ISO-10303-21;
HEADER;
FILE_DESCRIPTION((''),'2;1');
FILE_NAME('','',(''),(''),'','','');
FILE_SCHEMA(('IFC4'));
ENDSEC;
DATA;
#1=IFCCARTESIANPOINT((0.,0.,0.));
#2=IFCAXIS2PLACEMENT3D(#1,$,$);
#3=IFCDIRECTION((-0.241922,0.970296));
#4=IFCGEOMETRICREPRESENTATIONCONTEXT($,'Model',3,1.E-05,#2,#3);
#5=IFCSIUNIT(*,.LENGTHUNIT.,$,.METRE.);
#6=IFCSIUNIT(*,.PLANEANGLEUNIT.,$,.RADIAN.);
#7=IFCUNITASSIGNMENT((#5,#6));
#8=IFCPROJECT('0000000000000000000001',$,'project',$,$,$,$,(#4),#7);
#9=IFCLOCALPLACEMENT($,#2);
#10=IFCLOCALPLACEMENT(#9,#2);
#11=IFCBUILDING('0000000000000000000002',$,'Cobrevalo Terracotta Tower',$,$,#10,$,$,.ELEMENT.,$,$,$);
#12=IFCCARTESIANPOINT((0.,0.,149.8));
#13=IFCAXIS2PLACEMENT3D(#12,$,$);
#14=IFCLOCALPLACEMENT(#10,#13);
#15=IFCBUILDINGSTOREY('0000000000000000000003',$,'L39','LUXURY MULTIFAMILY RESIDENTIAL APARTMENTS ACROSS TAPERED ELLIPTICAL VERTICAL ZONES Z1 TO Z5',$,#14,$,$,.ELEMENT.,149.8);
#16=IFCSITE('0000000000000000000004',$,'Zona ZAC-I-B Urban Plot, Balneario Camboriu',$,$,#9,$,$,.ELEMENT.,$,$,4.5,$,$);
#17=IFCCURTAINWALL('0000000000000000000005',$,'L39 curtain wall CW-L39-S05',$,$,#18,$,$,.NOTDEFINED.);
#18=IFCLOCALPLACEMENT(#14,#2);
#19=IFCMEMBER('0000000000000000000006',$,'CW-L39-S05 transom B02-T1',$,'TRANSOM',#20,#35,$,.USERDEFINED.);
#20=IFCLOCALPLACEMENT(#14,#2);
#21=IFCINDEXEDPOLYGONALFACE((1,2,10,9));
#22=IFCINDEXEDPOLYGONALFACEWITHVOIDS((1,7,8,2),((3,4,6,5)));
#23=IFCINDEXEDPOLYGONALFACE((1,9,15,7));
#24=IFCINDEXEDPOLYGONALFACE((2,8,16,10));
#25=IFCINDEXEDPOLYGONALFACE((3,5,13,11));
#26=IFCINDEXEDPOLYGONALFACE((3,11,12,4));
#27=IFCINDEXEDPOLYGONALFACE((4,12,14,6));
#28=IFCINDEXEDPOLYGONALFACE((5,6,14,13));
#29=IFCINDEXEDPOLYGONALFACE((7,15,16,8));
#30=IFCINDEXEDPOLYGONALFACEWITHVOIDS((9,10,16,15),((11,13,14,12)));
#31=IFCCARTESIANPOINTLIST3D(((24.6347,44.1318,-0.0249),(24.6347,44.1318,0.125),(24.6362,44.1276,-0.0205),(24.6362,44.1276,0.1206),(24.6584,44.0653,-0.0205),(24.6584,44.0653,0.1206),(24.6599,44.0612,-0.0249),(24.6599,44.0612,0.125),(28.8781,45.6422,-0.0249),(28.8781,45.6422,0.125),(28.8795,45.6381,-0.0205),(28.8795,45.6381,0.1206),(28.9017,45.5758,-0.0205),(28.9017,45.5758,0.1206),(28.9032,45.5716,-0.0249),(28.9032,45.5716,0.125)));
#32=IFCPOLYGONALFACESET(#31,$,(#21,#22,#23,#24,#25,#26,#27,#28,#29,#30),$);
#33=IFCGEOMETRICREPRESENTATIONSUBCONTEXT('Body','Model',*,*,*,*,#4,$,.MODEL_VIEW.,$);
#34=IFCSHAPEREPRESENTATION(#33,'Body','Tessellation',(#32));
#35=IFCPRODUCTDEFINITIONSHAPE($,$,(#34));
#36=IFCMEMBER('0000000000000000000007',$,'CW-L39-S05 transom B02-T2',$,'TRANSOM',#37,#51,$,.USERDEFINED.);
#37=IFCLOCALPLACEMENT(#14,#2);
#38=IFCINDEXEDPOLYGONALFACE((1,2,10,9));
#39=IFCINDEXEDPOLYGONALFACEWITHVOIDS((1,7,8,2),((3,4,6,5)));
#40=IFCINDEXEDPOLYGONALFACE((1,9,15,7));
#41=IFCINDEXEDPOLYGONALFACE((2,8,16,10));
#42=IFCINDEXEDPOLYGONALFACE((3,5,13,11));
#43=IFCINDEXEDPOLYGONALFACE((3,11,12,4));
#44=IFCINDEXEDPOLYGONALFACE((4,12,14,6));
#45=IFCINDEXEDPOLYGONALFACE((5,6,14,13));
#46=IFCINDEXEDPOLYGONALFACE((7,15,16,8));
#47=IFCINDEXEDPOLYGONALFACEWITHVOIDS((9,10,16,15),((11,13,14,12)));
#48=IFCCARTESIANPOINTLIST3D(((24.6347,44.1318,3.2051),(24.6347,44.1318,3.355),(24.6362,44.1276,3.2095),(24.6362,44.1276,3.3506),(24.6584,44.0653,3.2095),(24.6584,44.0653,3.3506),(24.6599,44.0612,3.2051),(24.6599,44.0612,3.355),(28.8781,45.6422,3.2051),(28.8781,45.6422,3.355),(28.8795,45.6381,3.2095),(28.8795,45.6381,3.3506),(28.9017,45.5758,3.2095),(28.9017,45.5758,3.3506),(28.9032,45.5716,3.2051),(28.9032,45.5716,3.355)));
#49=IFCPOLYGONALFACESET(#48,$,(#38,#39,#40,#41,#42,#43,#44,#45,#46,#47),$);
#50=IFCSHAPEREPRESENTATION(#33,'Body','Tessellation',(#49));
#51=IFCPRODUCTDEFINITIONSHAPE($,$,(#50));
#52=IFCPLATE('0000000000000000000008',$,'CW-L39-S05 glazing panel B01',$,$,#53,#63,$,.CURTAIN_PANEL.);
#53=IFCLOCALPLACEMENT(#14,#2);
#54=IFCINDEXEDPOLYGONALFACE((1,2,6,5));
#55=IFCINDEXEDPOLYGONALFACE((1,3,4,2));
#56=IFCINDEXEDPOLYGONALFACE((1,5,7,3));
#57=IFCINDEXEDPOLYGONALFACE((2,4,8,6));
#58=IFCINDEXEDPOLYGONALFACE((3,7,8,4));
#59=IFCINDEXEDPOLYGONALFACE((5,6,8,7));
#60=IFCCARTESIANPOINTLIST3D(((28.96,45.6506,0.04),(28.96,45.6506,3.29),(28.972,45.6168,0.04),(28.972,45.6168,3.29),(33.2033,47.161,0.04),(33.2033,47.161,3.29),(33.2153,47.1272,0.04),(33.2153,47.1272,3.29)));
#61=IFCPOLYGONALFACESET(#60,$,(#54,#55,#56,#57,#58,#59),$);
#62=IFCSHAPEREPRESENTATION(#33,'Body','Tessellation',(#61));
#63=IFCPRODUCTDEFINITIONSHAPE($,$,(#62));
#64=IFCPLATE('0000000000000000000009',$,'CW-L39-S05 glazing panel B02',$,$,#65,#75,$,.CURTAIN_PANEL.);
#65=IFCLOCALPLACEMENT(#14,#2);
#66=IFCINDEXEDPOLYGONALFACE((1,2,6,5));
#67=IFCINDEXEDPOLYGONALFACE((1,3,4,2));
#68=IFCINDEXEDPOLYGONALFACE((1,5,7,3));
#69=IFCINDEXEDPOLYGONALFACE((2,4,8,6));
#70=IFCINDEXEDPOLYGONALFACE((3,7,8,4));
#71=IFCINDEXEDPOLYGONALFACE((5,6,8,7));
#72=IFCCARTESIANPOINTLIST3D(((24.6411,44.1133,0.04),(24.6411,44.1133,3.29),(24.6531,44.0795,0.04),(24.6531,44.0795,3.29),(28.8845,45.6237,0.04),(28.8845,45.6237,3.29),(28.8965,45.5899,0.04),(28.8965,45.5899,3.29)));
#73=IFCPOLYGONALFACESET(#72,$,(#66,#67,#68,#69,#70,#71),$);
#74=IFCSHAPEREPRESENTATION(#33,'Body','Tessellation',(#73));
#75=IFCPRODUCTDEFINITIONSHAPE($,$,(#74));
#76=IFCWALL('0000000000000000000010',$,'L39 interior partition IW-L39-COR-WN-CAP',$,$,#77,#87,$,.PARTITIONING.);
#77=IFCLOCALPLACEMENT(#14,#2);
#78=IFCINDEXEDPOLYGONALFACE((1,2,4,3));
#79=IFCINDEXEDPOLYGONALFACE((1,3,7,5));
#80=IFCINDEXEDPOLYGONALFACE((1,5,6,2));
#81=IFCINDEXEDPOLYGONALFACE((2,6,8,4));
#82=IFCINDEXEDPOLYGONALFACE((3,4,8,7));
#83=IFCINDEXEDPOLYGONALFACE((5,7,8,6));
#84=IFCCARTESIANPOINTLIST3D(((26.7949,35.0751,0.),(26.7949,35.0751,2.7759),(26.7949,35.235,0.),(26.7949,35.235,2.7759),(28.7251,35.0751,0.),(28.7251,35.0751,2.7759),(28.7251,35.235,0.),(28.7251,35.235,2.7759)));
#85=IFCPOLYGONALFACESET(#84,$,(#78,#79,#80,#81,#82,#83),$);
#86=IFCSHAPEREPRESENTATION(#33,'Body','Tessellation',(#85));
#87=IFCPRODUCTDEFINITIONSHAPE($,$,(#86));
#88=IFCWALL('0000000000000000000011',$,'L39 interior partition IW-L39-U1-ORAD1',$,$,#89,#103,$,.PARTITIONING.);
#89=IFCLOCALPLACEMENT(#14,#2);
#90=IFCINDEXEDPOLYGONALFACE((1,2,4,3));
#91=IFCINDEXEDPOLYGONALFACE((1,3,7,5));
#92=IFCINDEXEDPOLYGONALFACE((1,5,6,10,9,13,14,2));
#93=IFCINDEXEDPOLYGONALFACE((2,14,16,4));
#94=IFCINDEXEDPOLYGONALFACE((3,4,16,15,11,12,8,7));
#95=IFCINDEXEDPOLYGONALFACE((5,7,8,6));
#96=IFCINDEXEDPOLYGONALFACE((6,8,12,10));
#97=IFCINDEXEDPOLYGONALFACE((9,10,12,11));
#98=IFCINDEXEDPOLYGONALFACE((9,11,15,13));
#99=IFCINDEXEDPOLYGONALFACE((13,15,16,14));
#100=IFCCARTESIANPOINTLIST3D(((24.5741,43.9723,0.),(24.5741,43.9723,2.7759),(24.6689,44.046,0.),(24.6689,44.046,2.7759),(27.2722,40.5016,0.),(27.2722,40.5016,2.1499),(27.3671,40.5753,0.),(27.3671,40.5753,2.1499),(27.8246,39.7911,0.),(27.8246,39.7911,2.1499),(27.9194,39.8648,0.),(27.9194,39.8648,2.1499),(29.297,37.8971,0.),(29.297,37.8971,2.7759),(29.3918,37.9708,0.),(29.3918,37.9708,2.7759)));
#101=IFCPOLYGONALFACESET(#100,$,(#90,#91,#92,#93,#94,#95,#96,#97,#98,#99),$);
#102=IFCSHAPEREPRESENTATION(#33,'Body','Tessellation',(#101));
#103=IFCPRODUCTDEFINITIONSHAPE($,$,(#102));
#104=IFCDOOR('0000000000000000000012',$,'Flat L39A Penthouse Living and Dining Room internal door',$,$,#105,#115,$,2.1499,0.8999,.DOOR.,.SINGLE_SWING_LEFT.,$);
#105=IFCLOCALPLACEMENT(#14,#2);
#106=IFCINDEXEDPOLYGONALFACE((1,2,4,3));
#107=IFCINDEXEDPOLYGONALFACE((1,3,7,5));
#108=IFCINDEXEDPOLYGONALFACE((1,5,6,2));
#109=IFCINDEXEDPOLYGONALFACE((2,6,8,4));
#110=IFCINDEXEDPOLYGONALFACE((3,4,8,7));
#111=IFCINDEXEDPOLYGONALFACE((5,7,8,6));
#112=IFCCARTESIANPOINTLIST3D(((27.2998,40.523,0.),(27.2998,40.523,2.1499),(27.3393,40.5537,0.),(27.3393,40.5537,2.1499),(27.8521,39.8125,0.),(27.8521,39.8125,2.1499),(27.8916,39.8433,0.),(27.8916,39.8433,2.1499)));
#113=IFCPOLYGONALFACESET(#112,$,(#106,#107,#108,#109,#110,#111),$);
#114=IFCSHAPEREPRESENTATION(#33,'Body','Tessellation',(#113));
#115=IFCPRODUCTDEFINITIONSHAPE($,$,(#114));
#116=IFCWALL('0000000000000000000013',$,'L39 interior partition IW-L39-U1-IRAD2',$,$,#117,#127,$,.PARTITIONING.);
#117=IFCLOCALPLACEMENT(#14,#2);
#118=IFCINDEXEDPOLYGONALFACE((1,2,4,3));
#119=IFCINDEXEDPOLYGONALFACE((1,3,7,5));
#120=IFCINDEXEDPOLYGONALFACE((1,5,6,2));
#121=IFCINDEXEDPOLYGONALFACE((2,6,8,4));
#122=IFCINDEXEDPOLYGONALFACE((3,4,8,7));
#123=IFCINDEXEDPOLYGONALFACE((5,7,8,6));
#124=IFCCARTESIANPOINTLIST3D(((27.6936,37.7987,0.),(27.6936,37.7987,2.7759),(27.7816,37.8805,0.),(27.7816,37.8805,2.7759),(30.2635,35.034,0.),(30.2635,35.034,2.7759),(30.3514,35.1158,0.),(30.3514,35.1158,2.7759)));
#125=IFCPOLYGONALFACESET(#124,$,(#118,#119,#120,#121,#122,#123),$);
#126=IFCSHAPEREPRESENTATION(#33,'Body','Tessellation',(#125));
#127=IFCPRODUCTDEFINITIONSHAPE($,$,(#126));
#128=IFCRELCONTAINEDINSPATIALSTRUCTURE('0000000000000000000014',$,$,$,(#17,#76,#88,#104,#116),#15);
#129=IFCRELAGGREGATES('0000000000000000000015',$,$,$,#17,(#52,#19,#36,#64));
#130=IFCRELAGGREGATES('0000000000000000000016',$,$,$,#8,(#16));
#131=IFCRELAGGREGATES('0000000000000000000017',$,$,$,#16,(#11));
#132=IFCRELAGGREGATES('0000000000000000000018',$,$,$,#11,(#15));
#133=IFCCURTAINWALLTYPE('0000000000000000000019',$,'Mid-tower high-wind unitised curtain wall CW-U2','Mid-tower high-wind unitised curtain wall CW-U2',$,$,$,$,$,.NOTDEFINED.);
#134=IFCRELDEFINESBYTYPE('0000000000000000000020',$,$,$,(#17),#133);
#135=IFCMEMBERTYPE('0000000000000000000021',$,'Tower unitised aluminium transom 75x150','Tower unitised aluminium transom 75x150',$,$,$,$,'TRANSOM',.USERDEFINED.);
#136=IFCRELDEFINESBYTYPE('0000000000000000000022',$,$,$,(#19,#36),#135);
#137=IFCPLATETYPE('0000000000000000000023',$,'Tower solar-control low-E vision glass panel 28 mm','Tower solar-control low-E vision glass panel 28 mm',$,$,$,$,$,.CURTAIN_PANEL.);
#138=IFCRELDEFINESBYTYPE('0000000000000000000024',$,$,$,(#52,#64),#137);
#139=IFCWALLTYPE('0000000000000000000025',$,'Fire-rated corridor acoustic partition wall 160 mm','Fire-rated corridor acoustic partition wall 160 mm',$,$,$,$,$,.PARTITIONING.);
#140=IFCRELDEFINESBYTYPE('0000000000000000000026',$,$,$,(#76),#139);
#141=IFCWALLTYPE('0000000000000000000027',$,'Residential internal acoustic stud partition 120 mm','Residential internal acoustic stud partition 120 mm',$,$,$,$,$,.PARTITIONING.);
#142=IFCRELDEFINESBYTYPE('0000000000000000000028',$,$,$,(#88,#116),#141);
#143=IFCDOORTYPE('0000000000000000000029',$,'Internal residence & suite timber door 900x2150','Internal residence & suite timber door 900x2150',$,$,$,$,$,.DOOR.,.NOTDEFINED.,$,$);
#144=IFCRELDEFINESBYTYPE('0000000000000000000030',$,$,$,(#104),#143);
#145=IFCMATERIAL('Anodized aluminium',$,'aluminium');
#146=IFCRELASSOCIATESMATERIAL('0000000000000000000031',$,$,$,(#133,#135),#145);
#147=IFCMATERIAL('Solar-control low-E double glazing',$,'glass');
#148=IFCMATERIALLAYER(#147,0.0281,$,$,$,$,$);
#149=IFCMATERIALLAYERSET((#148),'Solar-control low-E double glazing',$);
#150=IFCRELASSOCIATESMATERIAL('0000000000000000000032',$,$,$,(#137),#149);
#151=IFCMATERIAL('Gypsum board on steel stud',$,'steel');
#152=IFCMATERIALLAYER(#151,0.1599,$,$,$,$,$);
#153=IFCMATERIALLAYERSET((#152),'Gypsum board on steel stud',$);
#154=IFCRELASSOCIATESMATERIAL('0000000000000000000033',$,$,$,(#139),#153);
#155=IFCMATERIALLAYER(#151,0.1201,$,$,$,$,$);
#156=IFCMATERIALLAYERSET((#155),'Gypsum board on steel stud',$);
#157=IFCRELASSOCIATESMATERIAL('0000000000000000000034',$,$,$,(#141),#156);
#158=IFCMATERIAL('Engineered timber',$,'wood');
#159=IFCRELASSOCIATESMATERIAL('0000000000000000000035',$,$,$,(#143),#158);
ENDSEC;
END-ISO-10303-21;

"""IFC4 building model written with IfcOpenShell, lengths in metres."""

from ifc_helpers import new_model, si_unit, direction, frame, frame_2d, origin, origin_2d, place, context, subcontext, project, spatial, rectangle, hollow_rectangle, extrude, source, transform, mapped, material, layer, layer_set, material_profile, profile_set, type_object, element, fill, aggregate, save


model = new_model("IFC4")

# Units and contexts
model_context = context("Model", 3, precision=1e-05, world=origin(), true_north=direction((-0.241922, 0.970296)))
body_context = subcontext(model_context, "Body", "Model", "MODEL_VIEW")
ifc_project = project(units=[si_unit("LENGTHUNIT", "METRE"), si_unit("PLANEANGLEUNIT", "RADIAN")], contexts=[model_context])

# Site, building, storey
site_placement = place(None, origin())
site = spatial("IfcSite", under=ifc_project, at=site_placement, Name="Zona ZAC-I-B Urban Plot, Balneario Camboriu", CompositionType="ELEMENT", RefElevation=4.5)
building_placement = place(site_placement, origin())
building = spatial("IfcBuilding", under=site, at=building_placement, Name="Cobrevalo Terracotta Tower", CompositionType="ELEMENT")
storey_placement = place(building_placement, frame((0.0, 0.0, 149.8)))
storey = spatial("IfcBuildingStorey", under=building, at=storey_placement, Name="L39", Description="LUXURY MULTIFAMILY RESIDENTIAL APARTMENTS ACROSS TAPERED ELLIPTICAL VERTICAL ZONES Z1 TO Z5", CompositionType="ELEMENT", Elevation=149.8)

# Curtain wall, members, plates
ifc_material_1 = material(Name="Anodized aluminium", Category="aluminium")
curtain_wall_type = type_object("IfcCurtainWallType", Name="Mid-tower high-wind unitised curtain wall CW-U2", Description="Mid-tower high-wind unitised curtain wall CW-U2", PredefinedType="NOTDEFINED", material=ifc_material_1)
curtain_wall_placement = place(storey_placement, origin())
curtain_wall = element("IfcCurtainWall", 1, at=curtain_wall_placement, inside=storey, type_object=curtain_wall_type, Name="L39 curtain wall CW-L39-S05", PredefinedType="NOTDEFINED")
ifc_material_profile_1 = material_profile(ifc_material_1, hollow_rectangle(XDim=0.075, YDim=0.1499, WallThickness=0.0044, at=origin_2d()), Name="CWT 75x150")
ifc_profile_set_1 = profile_set([ifc_material_profile_1], Name="Anodized aluminium")
member_type_1 = type_object("IfcMemberType", Name="Tower unitised aluminium transom 75x150", Description="Tower unitised aluminium transom 75x150", ElementType="TRANSOM", PredefinedType="USERDEFINED", material=ifc_profile_set_1)
shared_shape_1 = source(origin(), body_context, "Body", "SweptSolid", [
    extrude(hollow_rectangle(XDim=0.075, YDim=0.1499, WallThickness=0.0044, at=origin_2d()), origin(), (0.0, 0.0, 1.0), 4.5042),
])
member_1_placement = place(storey_placement, frame((28.8906, 45.6069, 0.05), z_axis=(-0.942093, -0.335351, 0.0), x_axis=(0.335351, -0.942093, 0.0)))
member_1 = element("IfcMember", 2, at=member_1_placement, type_object=member_type_1, Name="CW-L39-S05 transom B02-T1", ObjectType="TRANSOM", PredefinedType="USERDEFINED", context=body_context, shape_type="MappedRepresentation", body=[
    mapped(shared_shape_1, transform((0.0, 0.0, 0.0), scale=1.0)),
])
member_2_placement = place(storey_placement, frame((28.8906, 45.6069, 3.28), z_axis=(-0.942093, -0.335351, 0.0), x_axis=(0.335351, -0.942093, 0.0)))
member_2 = element("IfcMember", 3, at=member_2_placement, type_object=member_type_1, Name="CW-L39-S05 transom B02-T2", ObjectType="TRANSOM", PredefinedType="USERDEFINED", context=body_context, shape_type="MappedRepresentation", body=[
    mapped(shared_shape_1, transform((0.0, 0.0, 0.0), scale=1.0)),
])
ifc_material_2 = material(Name="Solar-control low-E double glazing", Category="glass")
ifc_layer_1 = layer(ifc_material_2, 0.0281)
ifc_layer_set_1 = layer_set([ifc_layer_1], Name="Solar-control low-E double glazing")
plate_type = type_object("IfcPlateType", Name="Tower solar-control low-E vision glass panel 28 mm", Description="Tower solar-control low-E vision glass panel 28 mm", PredefinedType="CURTAIN_PANEL", material=ifc_layer_set_1)
shared_shape_2 = source(origin(), body_context, "Body", "SweptSolid", [
    extrude(rectangle(XDim=4.5042, YDim=0.0359, at=origin_2d()), origin(), (0.0, 0.0, 1.0), 3.25),
])
plate_1_placement = place(storey_placement, frame((31.0876, 46.3889, 0.04), z_axis=(0.0, 0.0, 1.0), x_axis=(-0.942098, -0.335336, 0.0)))
plate_1 = element("IfcPlate", 4, at=plate_1_placement, type_object=plate_type, Name="CW-L39-S05 glazing panel B01", PredefinedType="CURTAIN_PANEL", context=body_context, shape_type="MappedRepresentation", body=[
    mapped(shared_shape_2, transform((0.0, 0.0, 0.0), scale=1.0)),
])
plate_2_placement = place(storey_placement, frame((26.7688, 44.8516, 0.04), z_axis=(0.0, 0.0, 1.0), x_axis=(-0.942098, -0.335336, 0.0)))
plate_2 = element("IfcPlate", 5, at=plate_2_placement, type_object=plate_type, Name="CW-L39-S05 glazing panel B02", PredefinedType="CURTAIN_PANEL", context=body_context, shape_type="MappedRepresentation", body=[
    mapped(shared_shape_2, transform((0.0, 0.0, 0.0), scale=1.0)),
])
aggregate(curtain_wall, [plate_1, member_1, member_2, plate_2])

# Wall
ifc_material_3 = material(Name="Gypsum board on steel stud", Category="steel")
ifc_layer_2 = layer(ifc_material_3, 0.1599)
ifc_layer_set_2 = layer_set([ifc_layer_2], Name="Gypsum board on steel stud")
wall_type_1 = type_object("IfcWallType", Name="Fire-rated corridor acoustic partition wall 160 mm", Description="Fire-rated corridor acoustic partition wall 160 mm", PredefinedType="PARTITIONING", material=ifc_layer_set_2)
wall_1_placement = place(storey_placement, frame((26.7949, 35.155, 0.0), z_axis=(0.0, 0.0, 1.0), x_axis=(1.0, 0.0, 0.0)))
element("IfcWall", 6, at=wall_1_placement, inside=storey, type_object=wall_type_1, Name="L39 interior partition IW-L39-COR-WN-CAP", PredefinedType="PARTITIONING", context=body_context, shape_type="SweptSolid", body=[
    extrude(rectangle(XDim=1.9302, YDim=0.1599, at=frame_2d((0.9651, 0.0))), origin(), (0.0, 0.0, 1.0), 2.7759),
])

# Shared definitions
ifc_layer_3 = layer(ifc_material_3, 0.1201)
ifc_layer_set_3 = layer_set([ifc_layer_3], Name="Gypsum board on steel stud")
wall_type_2 = type_object("IfcWallType", Name="Residential internal acoustic stud partition 120 mm", Description="Residential internal acoustic stud partition 120 mm", PredefinedType="PARTITIONING", material=ifc_layer_set_3)
ifc_material_4 = material(Name="Engineered timber", Category="wood")
door_type_1 = type_object("IfcDoorType", Name="Internal residence & suite timber door 900x2150", Description="Internal residence & suite timber door 900x2150", OperationType="NOTDEFINED", PredefinedType="DOOR", material=ifc_material_4)
shared_shape_3 = source(origin(), body_context, "Body", "SweptSolid", [
    extrude(rectangle(XDim=0.8999, YDim=2.1499, at=frame_2d((0.45, 1.075))), frame((0.0, 0.0249, 0.0), z_axis=(0.0, -1.0, 0.0), x_axis=(1.0, 0.0, 0.0)), (0.0, 0.0, 1.0), 0.05),
])

# Wall, opening, door
wall_2_placement = place(storey_placement, frame((29.3445, 37.9338, 0.0), z_axis=(0.0, 0.0, 1.0), x_axis=(-0.613758, 0.789494, 0.0)))
wall_2 = element("IfcWall", 7, at=wall_2_placement, inside=storey, type_object=wall_type_2, Name="L39 interior partition IW-L39-U1-ORAD1", PredefinedType="PARTITIONING", context=body_context, shape_type="SweptSolid", body=[
    extrude(rectangle(XDim=7.6951, YDim=0.1201, at=frame_2d((3.8477, 0.0))), origin(), (0.0, 0.0, 1.0), 2.7759),
])
opening_1_placement = place(wall_2_placement, frame((2.3992, 0.0, 0.0)))
opening_1 = element("IfcOpeningElement", 8, at=opening_1_placement, cuts=wall_2, PredefinedType="OPENING", context=body_context, shape_type="SweptSolid", body=[
    extrude(rectangle(XDim=0.8999, YDim=2.1499, at=frame_2d((0.45, 1.075))), frame((0.0, 0.0701, 0.0), z_axis=(0.0, -1.0, 0.0), x_axis=(1.0, 0.0, 0.0)), (0.0, 0.0, 1.0), 0.1401),
])
door_1_placement = place(opening_1_placement, frame((0.8999, 0.0, 0.0), z_axis=(0.0, 0.0, 1.0), x_axis=(-1.0, 0.0, 0.0)))
door_1 = element("IfcDoor", 9, at=door_1_placement, inside=storey, type_object=door_type_1, Name="Flat L39A Penthouse Living and Dining Room internal door", OperationType="SINGLE_SWING_LEFT", OverallHeight=2.1499, OverallWidth=0.8999, PredefinedType="DOOR", context=body_context, shape_type="MappedRepresentation", body=[
    mapped(shared_shape_3, transform((0.0, 0.0, 0.0), scale=1.0)),
])
fill(opening_1, door_1)

# Wall
wall_3_placement = place(storey_placement, frame((30.3074, 35.075, 0.0), z_axis=(0.0, 0.0, 1.0), x_axis=(-0.680828, 0.732443, 0.0)))
element("IfcWall", 10, at=wall_3_placement, inside=storey, type_object=wall_type_2, Name="L39 interior partition IW-L39-U1-IRAD2", PredefinedType="PARTITIONING", context=body_context, shape_type="SweptSolid", body=[
    extrude(rectangle(XDim=3.7747, YDim=0.1201, at=frame_2d((1.8872, 0.0))), origin(), (0.0, 0.0, 1.0), 2.7759),
])

save(model, "model.ifc")
